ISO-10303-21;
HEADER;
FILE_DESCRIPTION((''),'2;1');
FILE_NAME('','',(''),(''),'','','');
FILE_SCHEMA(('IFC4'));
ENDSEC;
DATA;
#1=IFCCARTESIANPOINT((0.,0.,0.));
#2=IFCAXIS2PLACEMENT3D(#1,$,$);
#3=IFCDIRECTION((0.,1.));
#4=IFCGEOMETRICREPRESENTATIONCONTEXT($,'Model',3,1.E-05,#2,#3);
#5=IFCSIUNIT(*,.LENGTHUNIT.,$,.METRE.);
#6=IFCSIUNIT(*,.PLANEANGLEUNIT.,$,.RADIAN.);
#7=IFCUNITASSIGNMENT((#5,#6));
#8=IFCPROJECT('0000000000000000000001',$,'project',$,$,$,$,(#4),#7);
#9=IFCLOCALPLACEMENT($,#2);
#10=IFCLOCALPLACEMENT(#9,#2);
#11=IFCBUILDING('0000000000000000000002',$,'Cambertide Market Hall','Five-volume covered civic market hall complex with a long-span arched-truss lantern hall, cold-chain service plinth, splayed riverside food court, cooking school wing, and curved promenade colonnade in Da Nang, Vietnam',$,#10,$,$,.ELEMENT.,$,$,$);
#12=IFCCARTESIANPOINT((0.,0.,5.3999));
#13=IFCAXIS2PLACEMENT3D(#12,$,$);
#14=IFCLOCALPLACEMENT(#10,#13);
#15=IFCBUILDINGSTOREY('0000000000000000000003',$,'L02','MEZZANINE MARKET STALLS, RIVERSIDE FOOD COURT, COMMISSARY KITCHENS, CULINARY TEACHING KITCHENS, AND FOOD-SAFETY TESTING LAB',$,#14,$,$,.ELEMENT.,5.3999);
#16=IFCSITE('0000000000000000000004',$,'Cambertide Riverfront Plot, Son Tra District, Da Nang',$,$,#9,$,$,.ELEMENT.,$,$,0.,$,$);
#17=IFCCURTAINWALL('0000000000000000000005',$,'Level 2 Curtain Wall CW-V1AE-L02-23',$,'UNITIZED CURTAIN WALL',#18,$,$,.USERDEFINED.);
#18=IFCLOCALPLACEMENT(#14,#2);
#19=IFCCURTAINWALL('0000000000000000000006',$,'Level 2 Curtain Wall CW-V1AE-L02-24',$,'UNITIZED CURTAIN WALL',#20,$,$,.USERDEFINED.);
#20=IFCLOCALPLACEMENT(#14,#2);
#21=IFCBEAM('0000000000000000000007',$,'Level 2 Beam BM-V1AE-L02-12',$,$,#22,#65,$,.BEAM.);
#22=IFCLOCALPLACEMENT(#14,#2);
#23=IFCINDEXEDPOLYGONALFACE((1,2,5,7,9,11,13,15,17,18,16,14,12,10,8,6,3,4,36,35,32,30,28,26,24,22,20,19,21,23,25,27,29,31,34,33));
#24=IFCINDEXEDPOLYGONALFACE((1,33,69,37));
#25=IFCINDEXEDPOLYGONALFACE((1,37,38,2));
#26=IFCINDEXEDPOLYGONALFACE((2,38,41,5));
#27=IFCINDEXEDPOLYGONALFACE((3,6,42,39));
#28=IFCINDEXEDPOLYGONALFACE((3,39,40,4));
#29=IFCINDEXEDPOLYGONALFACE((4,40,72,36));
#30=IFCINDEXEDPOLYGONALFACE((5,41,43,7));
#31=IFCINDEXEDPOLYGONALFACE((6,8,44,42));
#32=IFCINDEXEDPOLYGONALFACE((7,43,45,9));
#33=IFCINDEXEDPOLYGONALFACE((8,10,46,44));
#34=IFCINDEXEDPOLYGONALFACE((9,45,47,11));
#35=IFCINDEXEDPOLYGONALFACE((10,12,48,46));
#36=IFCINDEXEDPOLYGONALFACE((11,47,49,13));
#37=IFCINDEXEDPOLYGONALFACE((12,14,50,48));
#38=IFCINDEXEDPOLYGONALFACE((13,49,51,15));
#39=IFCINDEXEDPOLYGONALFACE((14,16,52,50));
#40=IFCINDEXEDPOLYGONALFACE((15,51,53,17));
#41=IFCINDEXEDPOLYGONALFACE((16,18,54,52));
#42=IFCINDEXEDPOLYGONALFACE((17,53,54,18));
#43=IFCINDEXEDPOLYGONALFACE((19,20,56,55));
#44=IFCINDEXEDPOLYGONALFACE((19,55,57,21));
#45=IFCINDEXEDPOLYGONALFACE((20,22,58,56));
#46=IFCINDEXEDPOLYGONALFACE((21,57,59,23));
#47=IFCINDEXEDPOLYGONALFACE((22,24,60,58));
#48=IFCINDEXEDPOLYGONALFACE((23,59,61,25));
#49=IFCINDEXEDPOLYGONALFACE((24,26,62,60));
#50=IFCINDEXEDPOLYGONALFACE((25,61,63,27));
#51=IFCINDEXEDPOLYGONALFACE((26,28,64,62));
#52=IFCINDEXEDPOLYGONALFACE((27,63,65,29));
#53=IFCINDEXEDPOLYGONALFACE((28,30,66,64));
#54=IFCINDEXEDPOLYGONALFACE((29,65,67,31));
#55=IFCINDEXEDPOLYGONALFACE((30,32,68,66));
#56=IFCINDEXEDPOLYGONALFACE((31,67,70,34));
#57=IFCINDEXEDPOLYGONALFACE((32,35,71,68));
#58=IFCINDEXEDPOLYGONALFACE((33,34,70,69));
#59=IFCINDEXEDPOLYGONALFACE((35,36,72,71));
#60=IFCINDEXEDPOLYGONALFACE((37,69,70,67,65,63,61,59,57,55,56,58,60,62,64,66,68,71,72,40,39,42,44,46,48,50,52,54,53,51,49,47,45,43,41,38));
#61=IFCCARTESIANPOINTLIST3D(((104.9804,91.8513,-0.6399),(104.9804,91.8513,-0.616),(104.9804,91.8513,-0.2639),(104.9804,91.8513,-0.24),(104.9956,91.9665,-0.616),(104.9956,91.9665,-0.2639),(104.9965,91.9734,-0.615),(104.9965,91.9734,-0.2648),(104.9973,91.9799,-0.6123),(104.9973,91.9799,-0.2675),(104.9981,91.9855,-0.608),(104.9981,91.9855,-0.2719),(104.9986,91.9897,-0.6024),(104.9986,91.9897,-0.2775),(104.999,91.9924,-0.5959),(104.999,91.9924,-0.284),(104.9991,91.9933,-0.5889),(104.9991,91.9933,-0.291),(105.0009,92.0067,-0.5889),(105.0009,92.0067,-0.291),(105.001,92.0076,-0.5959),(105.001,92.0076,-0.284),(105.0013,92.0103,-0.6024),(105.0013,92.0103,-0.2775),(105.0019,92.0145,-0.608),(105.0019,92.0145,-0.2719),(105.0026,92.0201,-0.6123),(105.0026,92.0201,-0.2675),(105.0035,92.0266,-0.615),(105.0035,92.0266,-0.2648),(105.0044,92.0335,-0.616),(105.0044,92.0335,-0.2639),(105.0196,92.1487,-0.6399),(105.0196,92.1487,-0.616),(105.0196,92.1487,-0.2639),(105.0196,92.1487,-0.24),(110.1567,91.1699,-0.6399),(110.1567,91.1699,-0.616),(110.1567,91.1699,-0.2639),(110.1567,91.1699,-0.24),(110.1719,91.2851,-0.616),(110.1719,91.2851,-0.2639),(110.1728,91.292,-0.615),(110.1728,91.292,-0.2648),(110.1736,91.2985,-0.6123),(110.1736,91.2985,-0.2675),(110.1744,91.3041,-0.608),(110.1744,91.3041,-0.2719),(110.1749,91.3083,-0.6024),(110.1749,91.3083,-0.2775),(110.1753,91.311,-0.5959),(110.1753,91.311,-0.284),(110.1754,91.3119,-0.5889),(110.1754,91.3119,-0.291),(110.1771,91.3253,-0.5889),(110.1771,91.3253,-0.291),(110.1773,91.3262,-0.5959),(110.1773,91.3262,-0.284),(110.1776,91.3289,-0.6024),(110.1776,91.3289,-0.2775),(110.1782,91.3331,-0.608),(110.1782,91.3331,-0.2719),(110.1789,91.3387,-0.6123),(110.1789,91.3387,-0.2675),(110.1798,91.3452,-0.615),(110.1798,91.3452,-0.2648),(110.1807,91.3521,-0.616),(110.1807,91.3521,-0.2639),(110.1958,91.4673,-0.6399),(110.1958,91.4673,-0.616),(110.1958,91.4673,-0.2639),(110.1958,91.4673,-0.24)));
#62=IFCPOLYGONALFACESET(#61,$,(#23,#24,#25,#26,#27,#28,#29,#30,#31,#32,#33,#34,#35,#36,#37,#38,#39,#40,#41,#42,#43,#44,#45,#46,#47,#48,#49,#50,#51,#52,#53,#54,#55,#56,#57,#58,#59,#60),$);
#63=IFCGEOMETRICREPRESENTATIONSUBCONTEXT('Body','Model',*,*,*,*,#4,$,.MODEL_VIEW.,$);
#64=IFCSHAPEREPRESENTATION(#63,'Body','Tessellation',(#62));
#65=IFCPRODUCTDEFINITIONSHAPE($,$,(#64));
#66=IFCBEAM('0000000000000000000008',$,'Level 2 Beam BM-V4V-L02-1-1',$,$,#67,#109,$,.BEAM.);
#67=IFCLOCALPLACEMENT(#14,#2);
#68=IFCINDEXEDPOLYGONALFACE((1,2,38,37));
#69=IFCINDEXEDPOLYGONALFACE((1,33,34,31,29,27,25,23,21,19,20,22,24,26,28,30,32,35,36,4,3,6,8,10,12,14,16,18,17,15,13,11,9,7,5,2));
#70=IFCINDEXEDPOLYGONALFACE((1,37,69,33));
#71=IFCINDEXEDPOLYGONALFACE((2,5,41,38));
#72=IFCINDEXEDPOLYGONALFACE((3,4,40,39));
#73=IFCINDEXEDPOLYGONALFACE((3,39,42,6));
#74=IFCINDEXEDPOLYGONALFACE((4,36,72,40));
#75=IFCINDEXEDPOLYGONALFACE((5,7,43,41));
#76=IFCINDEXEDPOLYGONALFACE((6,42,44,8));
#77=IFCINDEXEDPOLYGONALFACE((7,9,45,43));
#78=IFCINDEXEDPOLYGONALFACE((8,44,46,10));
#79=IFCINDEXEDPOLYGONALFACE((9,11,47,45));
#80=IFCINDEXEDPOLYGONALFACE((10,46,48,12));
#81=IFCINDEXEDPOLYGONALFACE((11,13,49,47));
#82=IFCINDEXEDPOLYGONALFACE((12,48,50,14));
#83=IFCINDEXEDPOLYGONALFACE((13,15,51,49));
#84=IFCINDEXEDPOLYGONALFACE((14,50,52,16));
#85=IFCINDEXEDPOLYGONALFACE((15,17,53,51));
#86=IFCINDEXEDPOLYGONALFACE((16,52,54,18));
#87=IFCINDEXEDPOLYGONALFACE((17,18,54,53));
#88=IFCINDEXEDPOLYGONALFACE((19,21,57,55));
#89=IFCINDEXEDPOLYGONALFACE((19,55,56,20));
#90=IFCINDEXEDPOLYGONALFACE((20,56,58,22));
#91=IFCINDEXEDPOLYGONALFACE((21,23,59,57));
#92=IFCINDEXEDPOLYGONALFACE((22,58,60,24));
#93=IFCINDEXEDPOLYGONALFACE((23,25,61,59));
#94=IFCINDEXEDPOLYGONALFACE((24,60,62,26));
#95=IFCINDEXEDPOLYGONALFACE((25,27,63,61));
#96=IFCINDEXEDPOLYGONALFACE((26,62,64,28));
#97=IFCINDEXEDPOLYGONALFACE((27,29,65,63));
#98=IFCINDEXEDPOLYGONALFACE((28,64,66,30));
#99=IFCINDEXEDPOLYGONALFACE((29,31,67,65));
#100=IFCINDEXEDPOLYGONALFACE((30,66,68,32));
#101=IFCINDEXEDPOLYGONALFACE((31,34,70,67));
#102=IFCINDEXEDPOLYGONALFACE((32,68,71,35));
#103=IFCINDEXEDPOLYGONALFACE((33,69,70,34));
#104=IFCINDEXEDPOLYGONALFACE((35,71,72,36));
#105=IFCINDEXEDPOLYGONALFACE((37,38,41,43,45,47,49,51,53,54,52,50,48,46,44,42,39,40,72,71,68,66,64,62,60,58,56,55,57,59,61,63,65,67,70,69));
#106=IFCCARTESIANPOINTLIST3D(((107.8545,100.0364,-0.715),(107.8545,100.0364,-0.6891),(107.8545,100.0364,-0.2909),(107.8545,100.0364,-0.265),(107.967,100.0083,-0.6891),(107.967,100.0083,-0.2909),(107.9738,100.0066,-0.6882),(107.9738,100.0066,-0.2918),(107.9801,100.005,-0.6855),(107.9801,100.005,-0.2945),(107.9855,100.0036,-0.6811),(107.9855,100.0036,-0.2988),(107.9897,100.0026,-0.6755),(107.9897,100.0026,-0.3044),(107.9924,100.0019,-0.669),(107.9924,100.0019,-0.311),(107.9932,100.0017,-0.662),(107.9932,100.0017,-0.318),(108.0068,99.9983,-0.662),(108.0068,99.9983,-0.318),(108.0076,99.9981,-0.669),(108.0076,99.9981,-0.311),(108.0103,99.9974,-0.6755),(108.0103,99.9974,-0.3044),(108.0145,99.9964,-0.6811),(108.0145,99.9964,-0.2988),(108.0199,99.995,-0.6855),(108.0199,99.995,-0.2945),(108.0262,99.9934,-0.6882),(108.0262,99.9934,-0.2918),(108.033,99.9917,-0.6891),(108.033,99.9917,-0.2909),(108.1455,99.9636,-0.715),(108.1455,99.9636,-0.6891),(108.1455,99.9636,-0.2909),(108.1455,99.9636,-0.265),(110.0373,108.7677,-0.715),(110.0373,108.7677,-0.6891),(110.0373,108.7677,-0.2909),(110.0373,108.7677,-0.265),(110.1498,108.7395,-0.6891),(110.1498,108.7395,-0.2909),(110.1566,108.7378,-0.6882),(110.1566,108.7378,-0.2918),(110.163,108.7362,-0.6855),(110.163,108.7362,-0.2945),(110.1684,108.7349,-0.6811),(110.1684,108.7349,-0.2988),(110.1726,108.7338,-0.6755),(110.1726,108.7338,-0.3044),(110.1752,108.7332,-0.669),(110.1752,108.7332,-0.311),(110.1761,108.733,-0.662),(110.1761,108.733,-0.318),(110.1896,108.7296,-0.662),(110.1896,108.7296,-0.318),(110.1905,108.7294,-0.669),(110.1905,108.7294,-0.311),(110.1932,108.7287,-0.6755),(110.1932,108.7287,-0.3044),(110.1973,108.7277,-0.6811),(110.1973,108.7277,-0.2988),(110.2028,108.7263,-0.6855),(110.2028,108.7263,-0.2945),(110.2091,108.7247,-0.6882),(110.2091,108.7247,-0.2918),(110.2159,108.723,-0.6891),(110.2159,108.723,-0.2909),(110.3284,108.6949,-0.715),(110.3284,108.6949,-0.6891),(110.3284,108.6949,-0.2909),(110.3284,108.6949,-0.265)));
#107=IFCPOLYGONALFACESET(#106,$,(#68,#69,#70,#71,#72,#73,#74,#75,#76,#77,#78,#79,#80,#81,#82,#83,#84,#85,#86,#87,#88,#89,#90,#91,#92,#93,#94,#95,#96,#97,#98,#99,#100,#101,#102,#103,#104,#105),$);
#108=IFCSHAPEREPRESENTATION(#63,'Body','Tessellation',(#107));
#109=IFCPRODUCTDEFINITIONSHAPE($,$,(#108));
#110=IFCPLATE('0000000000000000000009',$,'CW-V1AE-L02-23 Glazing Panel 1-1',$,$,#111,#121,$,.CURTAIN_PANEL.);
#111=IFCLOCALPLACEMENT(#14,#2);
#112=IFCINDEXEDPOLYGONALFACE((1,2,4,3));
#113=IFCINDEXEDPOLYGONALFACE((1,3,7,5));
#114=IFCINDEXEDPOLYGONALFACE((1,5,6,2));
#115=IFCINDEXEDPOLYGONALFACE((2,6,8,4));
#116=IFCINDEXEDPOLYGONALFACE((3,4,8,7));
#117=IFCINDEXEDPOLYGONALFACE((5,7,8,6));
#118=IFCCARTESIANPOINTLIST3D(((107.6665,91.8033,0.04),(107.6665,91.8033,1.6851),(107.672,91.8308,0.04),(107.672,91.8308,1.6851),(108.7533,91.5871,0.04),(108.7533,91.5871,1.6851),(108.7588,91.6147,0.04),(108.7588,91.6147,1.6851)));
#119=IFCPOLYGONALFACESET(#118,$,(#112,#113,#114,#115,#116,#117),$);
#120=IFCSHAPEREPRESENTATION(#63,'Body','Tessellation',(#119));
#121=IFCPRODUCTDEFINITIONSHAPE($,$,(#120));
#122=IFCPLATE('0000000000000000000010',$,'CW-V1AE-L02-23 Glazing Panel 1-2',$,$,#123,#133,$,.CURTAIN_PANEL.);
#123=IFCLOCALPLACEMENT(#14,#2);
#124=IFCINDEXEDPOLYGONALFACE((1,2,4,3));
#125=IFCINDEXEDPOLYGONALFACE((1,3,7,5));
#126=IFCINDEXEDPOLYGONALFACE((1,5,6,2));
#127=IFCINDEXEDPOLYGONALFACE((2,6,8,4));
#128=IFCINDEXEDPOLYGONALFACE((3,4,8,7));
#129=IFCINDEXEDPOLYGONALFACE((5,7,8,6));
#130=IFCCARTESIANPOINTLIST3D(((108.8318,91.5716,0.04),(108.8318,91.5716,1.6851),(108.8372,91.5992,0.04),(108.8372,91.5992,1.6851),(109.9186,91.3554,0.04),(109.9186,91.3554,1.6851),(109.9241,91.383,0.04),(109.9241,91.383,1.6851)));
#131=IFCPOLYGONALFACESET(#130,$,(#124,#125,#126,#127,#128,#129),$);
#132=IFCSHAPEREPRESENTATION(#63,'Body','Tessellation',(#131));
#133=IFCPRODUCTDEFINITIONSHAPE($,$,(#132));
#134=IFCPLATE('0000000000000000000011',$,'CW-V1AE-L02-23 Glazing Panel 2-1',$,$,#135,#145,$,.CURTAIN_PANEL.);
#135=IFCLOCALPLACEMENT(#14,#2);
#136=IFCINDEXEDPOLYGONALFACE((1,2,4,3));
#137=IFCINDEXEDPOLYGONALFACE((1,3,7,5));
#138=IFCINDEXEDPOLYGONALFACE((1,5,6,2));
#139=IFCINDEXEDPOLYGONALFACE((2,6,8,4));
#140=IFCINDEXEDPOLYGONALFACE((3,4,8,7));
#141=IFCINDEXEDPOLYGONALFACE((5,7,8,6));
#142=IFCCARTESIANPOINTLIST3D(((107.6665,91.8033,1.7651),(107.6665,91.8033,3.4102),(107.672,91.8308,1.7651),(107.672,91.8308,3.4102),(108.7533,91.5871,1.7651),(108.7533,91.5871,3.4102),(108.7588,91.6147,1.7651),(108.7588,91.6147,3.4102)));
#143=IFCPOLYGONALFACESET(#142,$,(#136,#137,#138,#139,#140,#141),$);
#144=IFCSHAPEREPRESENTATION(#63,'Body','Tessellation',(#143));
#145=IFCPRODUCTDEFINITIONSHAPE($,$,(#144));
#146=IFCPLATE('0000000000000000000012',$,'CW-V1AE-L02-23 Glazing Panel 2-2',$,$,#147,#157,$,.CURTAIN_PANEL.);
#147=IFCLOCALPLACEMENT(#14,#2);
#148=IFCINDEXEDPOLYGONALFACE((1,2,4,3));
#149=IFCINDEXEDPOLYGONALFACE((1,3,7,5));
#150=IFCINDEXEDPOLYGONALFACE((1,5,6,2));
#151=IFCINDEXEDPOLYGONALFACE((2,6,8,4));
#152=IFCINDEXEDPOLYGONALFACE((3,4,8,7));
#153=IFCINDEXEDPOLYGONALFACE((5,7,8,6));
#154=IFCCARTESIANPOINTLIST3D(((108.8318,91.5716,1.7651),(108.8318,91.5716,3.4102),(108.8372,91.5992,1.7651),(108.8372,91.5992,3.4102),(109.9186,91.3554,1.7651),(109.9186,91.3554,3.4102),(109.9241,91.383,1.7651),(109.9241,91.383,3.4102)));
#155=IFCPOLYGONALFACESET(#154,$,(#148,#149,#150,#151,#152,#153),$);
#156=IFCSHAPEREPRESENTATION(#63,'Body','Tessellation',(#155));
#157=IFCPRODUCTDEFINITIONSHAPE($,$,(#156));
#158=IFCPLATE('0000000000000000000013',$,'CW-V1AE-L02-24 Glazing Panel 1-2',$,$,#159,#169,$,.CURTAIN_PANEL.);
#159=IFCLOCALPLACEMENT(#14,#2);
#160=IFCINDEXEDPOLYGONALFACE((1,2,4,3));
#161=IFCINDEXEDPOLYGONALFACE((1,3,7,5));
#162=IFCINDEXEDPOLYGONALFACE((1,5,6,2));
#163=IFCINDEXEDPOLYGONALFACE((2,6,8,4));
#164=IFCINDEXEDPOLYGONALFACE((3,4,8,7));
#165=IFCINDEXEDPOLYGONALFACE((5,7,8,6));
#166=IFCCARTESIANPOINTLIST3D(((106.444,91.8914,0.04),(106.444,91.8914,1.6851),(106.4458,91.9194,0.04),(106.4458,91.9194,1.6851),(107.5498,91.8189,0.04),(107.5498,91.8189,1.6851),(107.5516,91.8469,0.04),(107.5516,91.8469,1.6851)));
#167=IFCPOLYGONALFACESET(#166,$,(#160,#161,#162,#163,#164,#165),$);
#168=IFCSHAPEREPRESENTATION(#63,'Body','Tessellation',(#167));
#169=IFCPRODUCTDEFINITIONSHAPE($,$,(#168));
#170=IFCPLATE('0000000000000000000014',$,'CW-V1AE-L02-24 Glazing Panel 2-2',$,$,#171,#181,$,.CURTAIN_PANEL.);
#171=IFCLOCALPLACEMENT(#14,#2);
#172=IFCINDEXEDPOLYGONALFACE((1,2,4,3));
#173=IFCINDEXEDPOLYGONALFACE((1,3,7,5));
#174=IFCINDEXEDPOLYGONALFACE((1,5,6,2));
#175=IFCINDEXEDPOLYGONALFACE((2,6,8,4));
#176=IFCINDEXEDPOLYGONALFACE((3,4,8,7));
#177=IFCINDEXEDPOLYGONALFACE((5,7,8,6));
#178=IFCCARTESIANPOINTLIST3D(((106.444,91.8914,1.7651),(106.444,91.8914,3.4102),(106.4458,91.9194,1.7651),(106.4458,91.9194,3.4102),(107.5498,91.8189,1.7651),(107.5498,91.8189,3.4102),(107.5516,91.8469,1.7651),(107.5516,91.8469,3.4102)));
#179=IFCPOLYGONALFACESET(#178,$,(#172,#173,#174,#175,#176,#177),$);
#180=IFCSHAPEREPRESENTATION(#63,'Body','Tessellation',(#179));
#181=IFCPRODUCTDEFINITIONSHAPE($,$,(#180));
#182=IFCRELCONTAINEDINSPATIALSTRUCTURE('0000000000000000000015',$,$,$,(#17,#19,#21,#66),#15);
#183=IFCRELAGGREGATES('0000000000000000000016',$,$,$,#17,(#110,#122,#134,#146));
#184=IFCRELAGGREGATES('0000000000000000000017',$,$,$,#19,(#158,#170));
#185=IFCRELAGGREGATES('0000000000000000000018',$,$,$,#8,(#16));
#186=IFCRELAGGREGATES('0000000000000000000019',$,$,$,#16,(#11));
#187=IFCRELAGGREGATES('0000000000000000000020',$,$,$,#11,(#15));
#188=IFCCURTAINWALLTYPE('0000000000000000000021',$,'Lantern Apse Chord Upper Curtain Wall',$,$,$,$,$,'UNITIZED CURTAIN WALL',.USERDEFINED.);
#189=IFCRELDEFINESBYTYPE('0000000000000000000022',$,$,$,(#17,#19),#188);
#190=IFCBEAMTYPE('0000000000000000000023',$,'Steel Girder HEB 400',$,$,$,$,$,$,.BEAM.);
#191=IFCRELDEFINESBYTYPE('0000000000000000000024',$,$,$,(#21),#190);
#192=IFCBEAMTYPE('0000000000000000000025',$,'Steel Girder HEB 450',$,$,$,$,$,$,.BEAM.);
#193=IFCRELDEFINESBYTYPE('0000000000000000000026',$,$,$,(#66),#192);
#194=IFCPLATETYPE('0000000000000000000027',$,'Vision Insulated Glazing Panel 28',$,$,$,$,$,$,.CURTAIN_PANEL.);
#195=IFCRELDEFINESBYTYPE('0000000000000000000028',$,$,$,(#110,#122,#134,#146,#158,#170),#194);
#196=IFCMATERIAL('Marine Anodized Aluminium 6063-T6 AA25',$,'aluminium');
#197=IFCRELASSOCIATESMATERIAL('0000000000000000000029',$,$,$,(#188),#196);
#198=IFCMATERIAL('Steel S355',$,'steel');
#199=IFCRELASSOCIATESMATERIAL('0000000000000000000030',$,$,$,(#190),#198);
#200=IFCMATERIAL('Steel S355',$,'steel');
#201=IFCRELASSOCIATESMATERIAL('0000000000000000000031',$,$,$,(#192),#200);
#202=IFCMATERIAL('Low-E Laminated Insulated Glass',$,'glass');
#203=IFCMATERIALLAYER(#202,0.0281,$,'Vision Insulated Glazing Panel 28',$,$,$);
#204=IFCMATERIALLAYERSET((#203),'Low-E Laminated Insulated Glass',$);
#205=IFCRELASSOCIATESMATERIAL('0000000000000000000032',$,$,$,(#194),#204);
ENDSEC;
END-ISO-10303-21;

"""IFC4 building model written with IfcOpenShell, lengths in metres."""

from ifc_helpers import new_model, si_unit, direction, frame, origin, origin_2d, place, context, subcontext, project, spatial, rectangle, i_section, extrude, material, layer, layer_set, material_profile, profile_set, type_object, element, aggregate, save


model = new_model("IFC4")

# Units and contexts
model_context = context("Model", 3, precision=1e-05, world=origin(), true_north=direction((0.0, 1.0)))
body_context = subcontext(model_context, "Body", "Model", "MODEL_VIEW")
ifc_project = project(units=[si_unit("LENGTHUNIT", "METRE"), si_unit("PLANEANGLEUNIT", "RADIAN")], contexts=[model_context])

# Site, building, storey
site_placement = place(None, origin())
site = spatial("IfcSite", under=ifc_project, at=site_placement, Name="Cambertide Riverfront Plot, Son Tra District, Da Nang", CompositionType="ELEMENT", RefElevation=0.0)
building_placement = place(site_placement, origin())
building = spatial("IfcBuilding", under=site, at=building_placement, Name="Cambertide Market Hall", Description="Five-volume covered civic market hall complex with a long-span arched-truss lantern hall, cold-chain service plinth, splayed riverside food court, cooking school wing, and curved promenade colonnade in Da Nang, Vietnam", CompositionType="ELEMENT")
storey_placement = place(building_placement, frame((0.0, 0.0, 5.3999)))
storey = spatial("IfcBuildingStorey", under=building, at=storey_placement, Name="L02", Description="MEZZANINE MARKET STALLS, RIVERSIDE FOOD COURT, COMMISSARY KITCHENS, CULINARY TEACHING KITCHENS, AND FOOD-SAFETY TESTING LAB", CompositionType="ELEMENT", Elevation=5.3999)

# Curtain wall
ifc_material_1 = material(Name="Marine Anodized Aluminium 6063-T6 AA25", Category="aluminium")
curtain_wall_type = type_object("IfcCurtainWallType", Name="Lantern Apse Chord Upper Curtain Wall", ElementType="UNITIZED CURTAIN WALL", PredefinedType="USERDEFINED", material=ifc_material_1)
curtain_wall_1_placement = place(storey_placement, origin())
curtain_wall_1 = element("IfcCurtainWall", 1, at=curtain_wall_1_placement, inside=storey, type_object=curtain_wall_type, Name="Level 2 Curtain Wall CW-V1AE-L02-23", ObjectType="UNITIZED CURTAIN WALL", PredefinedType="USERDEFINED")

# Curtain wall
curtain_wall_2_placement = place(storey_placement, origin())
curtain_wall_2 = element("IfcCurtainWall", 2, at=curtain_wall_2_placement, inside=storey, type_object=curtain_wall_type, Name="Level 2 Curtain Wall CW-V1AE-L02-24", ObjectType="UNITIZED CURTAIN WALL", PredefinedType="USERDEFINED")

# Beams
ifc_material_2 = material(Name="Steel S355", Category="steel")
ifc_material_profile_1 = material_profile(ifc_material_2, i_section(OverallWidth=0.3, OverallDepth=0.3999, WebThickness=0.0134, FlangeThickness=0.0239, FilletRadius=0.0271, at=origin_2d()), Name="HEB 400")
ifc_profile_set_1 = profile_set([ifc_material_profile_1], Name="Steel S355")
beam_type_1 = type_object("IfcBeamType", Name="Steel Girder HEB 400", PredefinedType="BEAM", material=ifc_profile_set_1)
beam_1_placement = place(storey_placement, frame((110.1763, 91.3186, -0.4399), z_axis=(-0.991447, 0.130513, 0.0), x_axis=(-0.130513, -0.991447, 0.0)))
element("IfcBeam", 3, at=beam_1_placement, inside=storey, type_object=beam_type_1, Name="Level 2 Beam BM-V1AE-L02-12", PredefinedType="BEAM", context=body_context, shape_type="SweptSolid", body=[
    extrude(i_section(OverallWidth=0.3, OverallDepth=0.3999, WebThickness=0.0134, FlangeThickness=0.0239, FilletRadius=0.0271, at=origin_2d()), origin(), (0.0, 0.0, 1.0), 5.2209),
])
ifc_material_3 = material(Name="Steel S355", Category="steel")
ifc_material_profile_2 = material_profile(ifc_material_3, i_section(OverallWidth=0.3, OverallDepth=0.45, WebThickness=0.0139, FlangeThickness=0.0259, FilletRadius=0.0271, at=origin_2d()), Name="HEB 450")
ifc_profile_set_2 = profile_set([ifc_material_profile_2], Name="Steel S355")
beam_type_2 = type_object("IfcBeamType", Name="Steel Girder HEB 450", PredefinedType="BEAM", material=ifc_profile_set_2)
beam_2_placement = place(storey_placement, frame((108.0, 100.0, -0.49), z_axis=(0.242542, 0.970141, 0.0), x_axis=(-0.970141, 0.242542, 0.0)))
element("IfcBeam", 4, at=beam_2_placement, inside=storey, type_object=beam_type_2, Name="Level 2 Beam BM-V4V-L02-1-1", PredefinedType="BEAM", context=body_context, shape_type="SweptSolid", body=[
    extrude(i_section(OverallWidth=0.3, OverallDepth=0.45, WebThickness=0.0139, FlangeThickness=0.0259, FilletRadius=0.0271, at=origin_2d()), origin(), (0.0, 0.0, 1.0), 9.0),
])

# Plates
ifc_material_4 = material(Name="Low-E Laminated Insulated Glass", Category="glass")
ifc_layer_1 = layer(ifc_material_4, 0.0281, Name="Vision Insulated Glazing Panel 28")
ifc_layer_set_1 = layer_set([ifc_layer_1], Name="Low-E Laminated Insulated Glass")
plate_type = type_object("IfcPlateType", Name="Vision Insulated Glazing Panel 28", PredefinedType="CURTAIN_PANEL", material=ifc_layer_set_1)
plate_1_placement = place(storey_placement, frame((108.2126, 91.709, 0.04), z_axis=(0.0, 0.0, 1.0), x_axis=(0.980785, -0.19509, 0.0)))
plate_1 = element("IfcPlate", 5, at=plate_1_placement, type_object=plate_type, Name="CW-V1AE-L02-23 Glazing Panel 1-1", PredefinedType="CURTAIN_PANEL", context=body_context, shape_type="SweptSolid", body=[
    extrude(rectangle(XDim=1.1082, YDim=0.0281, at=origin_2d()), origin(), (0.0, 0.0, 1.0), 1.645),
])
plate_2_placement = place(storey_placement, frame((109.3779, 91.4773, 0.04), z_axis=(0.0, 0.0, 1.0), x_axis=(0.980785, -0.19509, 0.0)))
plate_2 = element("IfcPlate", 6, at=plate_2_placement, type_object=plate_type, Name="CW-V1AE-L02-23 Glazing Panel 1-2", PredefinedType="CURTAIN_PANEL", context=body_context, shape_type="SweptSolid", body=[
    extrude(rectangle(XDim=1.1082, YDim=0.0281, at=origin_2d()), origin(), (0.0, 0.0, 1.0), 1.645),
])
plate_3_placement = place(storey_placement, frame((108.2126, 91.709, 1.7651), z_axis=(0.0, 0.0, 1.0), x_axis=(0.980785, -0.19509, 0.0)))
plate_3 = element("IfcPlate", 7, at=plate_3_placement, type_object=plate_type, Name="CW-V1AE-L02-23 Glazing Panel 2-1", PredefinedType="CURTAIN_PANEL", context=body_context, shape_type="SweptSolid", body=[
    extrude(rectangle(XDim=1.1082, YDim=0.0281, at=origin_2d()), origin(), (0.0, 0.0, 1.0), 1.645),
])
plate_4_placement = place(storey_placement, frame((109.3779, 91.4773, 1.7651), z_axis=(0.0, 0.0, 1.0), x_axis=(0.980785, -0.19509, 0.0)))
plate_4 = element("IfcPlate", 8, at=plate_4_placement, type_object=plate_type, Name="CW-V1AE-L02-23 Glazing Panel 2-2", PredefinedType="CURTAIN_PANEL", context=body_context, shape_type="SweptSolid", body=[
    extrude(rectangle(XDim=1.1082, YDim=0.0281, at=origin_2d()), origin(), (0.0, 0.0, 1.0), 1.645),
])
aggregate(curtain_wall_1, [plate_1, plate_2, plate_3, plate_4])
plate_5_placement = place(storey_placement, frame((106.9978, 91.8691, 0.04), z_axis=(0.0, 0.0, 1.0), x_axis=(0.997859, -0.065403, 0.0)))
plate_5 = element("IfcPlate", 9, at=plate_5_placement, type_object=plate_type, Name="CW-V1AE-L02-24 Glazing Panel 1-2", PredefinedType="CURTAIN_PANEL", context=body_context, shape_type="SweptSolid", body=[
    extrude(rectangle(XDim=1.1082, YDim=0.0281, at=origin_2d()), origin(), (0.0, 0.0, 1.0), 1.645),
])
plate_6_placement = place(storey_placement, frame((106.9978, 91.8691, 1.7651), z_axis=(0.0, 0.0, 1.0), x_axis=(0.997859, -0.065403, 0.0)))
plate_6 = element("IfcPlate", 10, at=plate_6_placement, type_object=plate_type, Name="CW-V1AE-L02-24 Glazing Panel 2-2", PredefinedType="CURTAIN_PANEL", context=body_context, shape_type="SweptSolid", body=[
    extrude(rectangle(XDim=1.1082, YDim=0.0281, at=origin_2d()), origin(), (0.0, 0.0, 1.0), 1.645),
])
aggregate(curtain_wall_2, [plate_5, plate_6])

save(model, "model.ifc")
